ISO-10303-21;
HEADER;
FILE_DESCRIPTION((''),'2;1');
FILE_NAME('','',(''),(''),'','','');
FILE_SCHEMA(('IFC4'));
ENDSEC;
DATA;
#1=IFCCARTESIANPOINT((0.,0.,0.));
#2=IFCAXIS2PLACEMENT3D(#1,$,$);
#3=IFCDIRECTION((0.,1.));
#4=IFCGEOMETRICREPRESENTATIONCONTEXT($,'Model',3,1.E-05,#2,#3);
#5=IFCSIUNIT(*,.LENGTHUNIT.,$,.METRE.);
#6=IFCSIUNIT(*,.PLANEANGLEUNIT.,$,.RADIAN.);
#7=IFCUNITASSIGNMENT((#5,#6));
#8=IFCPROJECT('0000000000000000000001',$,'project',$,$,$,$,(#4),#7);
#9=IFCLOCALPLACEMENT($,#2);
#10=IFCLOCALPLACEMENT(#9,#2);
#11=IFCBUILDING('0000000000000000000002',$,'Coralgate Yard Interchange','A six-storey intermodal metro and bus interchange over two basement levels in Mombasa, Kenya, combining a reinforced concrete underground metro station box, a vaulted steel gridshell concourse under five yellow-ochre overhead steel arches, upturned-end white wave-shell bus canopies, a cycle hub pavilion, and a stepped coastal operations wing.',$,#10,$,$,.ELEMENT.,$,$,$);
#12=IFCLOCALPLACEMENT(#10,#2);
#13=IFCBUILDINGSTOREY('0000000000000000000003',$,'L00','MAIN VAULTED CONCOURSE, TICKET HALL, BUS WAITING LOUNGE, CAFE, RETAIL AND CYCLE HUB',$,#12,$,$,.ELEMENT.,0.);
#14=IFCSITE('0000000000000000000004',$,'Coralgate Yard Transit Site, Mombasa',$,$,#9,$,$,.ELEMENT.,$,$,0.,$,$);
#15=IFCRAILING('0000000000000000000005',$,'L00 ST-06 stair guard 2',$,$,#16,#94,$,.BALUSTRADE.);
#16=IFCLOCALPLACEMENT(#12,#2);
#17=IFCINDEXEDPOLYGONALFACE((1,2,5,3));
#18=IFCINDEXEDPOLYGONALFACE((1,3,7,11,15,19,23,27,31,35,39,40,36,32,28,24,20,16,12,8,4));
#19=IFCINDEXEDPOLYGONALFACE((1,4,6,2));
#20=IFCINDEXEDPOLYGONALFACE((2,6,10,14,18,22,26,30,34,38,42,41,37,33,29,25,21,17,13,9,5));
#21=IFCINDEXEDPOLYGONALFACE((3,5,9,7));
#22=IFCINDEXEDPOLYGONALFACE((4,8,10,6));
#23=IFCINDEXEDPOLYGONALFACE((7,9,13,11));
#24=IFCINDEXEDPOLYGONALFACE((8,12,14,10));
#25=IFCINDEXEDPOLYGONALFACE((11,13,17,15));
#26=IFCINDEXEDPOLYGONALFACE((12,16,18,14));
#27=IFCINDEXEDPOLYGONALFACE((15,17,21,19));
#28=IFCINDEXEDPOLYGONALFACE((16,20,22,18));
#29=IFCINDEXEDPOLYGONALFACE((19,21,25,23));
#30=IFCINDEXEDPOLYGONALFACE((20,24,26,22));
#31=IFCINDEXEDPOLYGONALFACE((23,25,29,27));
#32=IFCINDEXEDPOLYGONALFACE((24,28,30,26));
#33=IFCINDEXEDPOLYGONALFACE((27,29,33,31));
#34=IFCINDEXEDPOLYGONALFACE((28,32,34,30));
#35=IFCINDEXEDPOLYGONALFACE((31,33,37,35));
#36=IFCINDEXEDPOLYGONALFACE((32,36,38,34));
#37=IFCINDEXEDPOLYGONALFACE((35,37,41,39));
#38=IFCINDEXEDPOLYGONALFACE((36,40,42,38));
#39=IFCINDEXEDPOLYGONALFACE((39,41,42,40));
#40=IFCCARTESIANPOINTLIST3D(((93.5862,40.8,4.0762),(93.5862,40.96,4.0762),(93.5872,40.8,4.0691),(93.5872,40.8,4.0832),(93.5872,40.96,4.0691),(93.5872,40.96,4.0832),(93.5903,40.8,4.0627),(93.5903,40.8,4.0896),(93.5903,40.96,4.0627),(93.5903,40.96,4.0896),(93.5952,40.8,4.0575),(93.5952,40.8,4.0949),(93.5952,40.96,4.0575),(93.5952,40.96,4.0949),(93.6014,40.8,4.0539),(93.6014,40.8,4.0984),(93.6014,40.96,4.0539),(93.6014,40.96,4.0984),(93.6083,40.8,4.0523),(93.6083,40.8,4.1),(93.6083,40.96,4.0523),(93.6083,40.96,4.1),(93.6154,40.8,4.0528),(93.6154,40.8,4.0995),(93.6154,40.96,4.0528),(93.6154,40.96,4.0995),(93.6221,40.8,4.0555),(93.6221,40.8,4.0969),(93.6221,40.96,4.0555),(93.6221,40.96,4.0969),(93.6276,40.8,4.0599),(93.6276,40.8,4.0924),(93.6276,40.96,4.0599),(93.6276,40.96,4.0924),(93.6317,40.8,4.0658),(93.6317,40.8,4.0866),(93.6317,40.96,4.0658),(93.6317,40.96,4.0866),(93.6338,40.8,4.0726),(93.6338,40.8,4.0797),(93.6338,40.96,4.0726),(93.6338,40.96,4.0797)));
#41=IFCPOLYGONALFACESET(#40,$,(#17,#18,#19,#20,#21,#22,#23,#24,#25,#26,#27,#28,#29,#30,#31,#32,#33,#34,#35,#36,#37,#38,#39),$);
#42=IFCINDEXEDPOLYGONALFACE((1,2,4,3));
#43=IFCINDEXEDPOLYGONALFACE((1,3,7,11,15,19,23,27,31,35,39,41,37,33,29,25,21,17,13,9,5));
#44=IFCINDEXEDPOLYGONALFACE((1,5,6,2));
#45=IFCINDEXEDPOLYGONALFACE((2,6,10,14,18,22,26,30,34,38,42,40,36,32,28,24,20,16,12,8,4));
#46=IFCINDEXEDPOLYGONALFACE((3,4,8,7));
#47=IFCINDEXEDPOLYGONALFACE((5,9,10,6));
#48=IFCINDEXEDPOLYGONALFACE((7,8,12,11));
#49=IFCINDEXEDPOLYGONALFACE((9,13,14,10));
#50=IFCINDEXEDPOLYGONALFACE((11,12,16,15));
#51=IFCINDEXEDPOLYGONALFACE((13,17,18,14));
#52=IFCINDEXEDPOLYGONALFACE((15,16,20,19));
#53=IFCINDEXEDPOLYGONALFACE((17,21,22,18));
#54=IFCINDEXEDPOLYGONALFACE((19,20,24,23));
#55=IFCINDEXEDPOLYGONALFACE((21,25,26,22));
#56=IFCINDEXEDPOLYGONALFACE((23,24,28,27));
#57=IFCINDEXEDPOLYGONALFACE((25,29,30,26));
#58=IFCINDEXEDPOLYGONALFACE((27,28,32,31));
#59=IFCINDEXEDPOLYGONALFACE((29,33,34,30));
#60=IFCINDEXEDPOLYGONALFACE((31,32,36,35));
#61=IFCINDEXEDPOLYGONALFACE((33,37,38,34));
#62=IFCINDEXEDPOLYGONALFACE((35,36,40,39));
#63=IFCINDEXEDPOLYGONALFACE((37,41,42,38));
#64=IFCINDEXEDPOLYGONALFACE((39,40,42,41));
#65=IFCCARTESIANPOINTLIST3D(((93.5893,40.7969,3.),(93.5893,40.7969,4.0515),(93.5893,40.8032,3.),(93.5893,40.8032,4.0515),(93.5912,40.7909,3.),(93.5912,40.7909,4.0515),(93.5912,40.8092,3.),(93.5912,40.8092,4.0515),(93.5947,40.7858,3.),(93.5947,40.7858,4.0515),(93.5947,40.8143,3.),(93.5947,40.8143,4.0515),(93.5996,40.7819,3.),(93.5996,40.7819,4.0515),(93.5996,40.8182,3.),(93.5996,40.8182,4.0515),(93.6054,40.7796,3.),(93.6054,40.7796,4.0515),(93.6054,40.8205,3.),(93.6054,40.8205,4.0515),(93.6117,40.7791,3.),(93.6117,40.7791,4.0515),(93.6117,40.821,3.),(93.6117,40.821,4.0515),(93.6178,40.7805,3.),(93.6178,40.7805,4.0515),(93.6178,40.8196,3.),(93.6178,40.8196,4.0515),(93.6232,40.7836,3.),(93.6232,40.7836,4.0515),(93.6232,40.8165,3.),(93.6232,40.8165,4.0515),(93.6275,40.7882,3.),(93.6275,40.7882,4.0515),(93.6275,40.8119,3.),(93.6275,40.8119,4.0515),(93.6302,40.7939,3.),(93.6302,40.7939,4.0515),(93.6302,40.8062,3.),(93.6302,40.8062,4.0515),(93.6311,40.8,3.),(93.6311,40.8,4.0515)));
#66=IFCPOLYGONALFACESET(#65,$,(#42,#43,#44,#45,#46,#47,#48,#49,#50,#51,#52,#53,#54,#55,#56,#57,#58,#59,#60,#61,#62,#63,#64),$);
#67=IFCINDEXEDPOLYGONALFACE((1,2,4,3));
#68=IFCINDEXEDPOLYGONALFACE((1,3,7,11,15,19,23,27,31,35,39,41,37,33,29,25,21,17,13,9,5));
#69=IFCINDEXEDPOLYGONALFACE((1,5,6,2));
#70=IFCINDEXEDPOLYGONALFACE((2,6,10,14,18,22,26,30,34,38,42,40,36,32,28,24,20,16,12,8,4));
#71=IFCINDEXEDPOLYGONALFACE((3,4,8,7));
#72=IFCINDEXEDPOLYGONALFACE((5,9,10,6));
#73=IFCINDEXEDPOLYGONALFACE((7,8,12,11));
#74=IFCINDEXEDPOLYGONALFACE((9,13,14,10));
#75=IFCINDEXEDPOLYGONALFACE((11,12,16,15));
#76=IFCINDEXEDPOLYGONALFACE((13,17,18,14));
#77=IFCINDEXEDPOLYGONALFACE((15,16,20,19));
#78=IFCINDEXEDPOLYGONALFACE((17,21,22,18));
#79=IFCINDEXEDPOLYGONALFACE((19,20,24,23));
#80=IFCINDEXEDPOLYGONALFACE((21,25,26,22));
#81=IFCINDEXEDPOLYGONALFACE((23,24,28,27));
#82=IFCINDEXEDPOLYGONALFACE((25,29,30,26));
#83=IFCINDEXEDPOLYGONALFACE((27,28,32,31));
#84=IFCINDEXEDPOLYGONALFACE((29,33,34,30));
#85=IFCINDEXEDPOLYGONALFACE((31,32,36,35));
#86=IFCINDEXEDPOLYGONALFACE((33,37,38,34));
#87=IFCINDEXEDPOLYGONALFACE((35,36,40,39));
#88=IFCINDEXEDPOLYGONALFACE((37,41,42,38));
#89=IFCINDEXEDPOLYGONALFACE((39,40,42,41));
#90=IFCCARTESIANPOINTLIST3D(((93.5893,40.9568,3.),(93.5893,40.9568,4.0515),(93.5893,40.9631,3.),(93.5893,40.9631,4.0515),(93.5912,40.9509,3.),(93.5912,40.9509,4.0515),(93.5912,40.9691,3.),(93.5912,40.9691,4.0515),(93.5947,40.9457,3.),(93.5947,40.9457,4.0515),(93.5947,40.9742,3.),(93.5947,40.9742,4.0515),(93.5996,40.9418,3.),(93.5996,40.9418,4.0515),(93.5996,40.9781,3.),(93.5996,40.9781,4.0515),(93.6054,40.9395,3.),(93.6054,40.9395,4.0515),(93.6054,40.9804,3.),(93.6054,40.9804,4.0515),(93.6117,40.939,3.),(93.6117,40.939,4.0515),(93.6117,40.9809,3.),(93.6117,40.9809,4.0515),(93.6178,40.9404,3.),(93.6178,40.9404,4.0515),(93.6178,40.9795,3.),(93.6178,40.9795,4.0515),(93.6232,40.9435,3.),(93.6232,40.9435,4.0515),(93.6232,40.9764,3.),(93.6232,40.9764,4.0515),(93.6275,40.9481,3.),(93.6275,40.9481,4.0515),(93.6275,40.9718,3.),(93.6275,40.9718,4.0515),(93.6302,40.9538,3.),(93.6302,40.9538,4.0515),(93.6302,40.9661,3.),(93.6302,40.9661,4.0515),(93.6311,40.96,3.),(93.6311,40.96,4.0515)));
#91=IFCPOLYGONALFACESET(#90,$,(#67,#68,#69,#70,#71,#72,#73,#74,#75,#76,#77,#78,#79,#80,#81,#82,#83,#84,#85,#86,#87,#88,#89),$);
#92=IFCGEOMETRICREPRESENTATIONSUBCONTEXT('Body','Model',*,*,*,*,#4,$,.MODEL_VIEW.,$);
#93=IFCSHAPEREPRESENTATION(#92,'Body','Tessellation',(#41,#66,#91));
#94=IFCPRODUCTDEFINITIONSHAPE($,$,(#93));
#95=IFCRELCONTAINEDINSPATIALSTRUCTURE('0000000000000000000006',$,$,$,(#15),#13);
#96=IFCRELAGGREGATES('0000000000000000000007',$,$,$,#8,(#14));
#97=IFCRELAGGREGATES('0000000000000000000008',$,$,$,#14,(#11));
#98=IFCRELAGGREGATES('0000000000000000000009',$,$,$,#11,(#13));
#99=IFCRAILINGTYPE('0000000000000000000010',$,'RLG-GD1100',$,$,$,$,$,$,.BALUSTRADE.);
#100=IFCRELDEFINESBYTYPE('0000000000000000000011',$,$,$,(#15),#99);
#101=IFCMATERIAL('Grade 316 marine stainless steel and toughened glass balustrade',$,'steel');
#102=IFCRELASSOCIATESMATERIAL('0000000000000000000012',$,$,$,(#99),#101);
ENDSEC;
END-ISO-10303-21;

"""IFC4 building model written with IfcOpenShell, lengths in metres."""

from ifc_helpers import new_model, si_unit, direction, frame, origin, origin_2d, place, context, subcontext, project, spatial, circle, extrude, material, type_object, element, save


model = new_model("IFC4")

# Units and contexts
model_context = context("Model", 3, precision=1e-05, world=origin(), true_north=direction((0.0, 1.0)))
body_context = subcontext(model_context, "Body", "Model", "MODEL_VIEW")
ifc_project = project(units=[si_unit("LENGTHUNIT", "METRE"), si_unit("PLANEANGLEUNIT", "RADIAN")], contexts=[model_context])

# Site, building, storey
site_placement = place(None, origin())
site = spatial("IfcSite", under=ifc_project, at=site_placement, Name="Coralgate Yard Transit Site, Mombasa", CompositionType="ELEMENT", RefElevation=0.0)
building_placement = place(site_placement, origin())
building = spatial("IfcBuilding", under=site, at=building_placement, Name="Coralgate Yard Interchange", Description="A six-storey intermodal metro and bus interchange over two basement levels in Mombasa, Kenya, combining a reinforced concrete underground metro station box, a vaulted steel gridshell concourse under five yellow-ochre overhead steel arches, upturned-end white wave-shell bus canopies, a cycle hub pavilion, and a stepped coastal operations wing.", CompositionType="ELEMENT")
storey_placement = place(building_placement, origin())
storey = spatial("IfcBuildingStorey", under=building, at=storey_placement, Name="L00", Description="MAIN VAULTED CONCOURSE, TICKET HALL, BUS WAITING LOUNGE, CAFE, RETAIL AND CYCLE HUB", CompositionType="ELEMENT", Elevation=0.0)

# Railing
ifc_material_1 = material(Name="Grade 316 marine stainless steel and toughened glass balustrade", Category="steel")
railing_type_1 = type_object("IfcRailingType", Name="RLG-GD1100", PredefinedType="BALUSTRADE", material=ifc_material_1)
railing_1_placement = place(storey_placement, frame((93.6101, 40.8, 3.0)))
element("IfcRailing", 1, at=railing_1_placement, inside=storey, type_object=railing_type_1, Name="L00 ST-06 stair guard 2", PredefinedType="BALUSTRADE", context=body_context, shape_type="SweptSolid", body=[
    extrude(circle(Radius=0.0239, at=origin_2d()), frame((0.0, 0.0, 1.0762), z_axis=(0.0, 1.0, 0.0), x_axis=(-1.0, 0.0, 0.0)), (0.0, 0.0, 1.0), 0.1599),
    extrude(circle(Radius=0.021, at=origin_2d()), origin(), (0.0, 0.0, 1.0), 1.0515),
    extrude(circle(Radius=0.021, at=origin_2d()), frame((0.0, 0.1599, 0.0)), (0.0, 0.0, 1.0), 1.0515),
])

save(model, "model.ifc")
